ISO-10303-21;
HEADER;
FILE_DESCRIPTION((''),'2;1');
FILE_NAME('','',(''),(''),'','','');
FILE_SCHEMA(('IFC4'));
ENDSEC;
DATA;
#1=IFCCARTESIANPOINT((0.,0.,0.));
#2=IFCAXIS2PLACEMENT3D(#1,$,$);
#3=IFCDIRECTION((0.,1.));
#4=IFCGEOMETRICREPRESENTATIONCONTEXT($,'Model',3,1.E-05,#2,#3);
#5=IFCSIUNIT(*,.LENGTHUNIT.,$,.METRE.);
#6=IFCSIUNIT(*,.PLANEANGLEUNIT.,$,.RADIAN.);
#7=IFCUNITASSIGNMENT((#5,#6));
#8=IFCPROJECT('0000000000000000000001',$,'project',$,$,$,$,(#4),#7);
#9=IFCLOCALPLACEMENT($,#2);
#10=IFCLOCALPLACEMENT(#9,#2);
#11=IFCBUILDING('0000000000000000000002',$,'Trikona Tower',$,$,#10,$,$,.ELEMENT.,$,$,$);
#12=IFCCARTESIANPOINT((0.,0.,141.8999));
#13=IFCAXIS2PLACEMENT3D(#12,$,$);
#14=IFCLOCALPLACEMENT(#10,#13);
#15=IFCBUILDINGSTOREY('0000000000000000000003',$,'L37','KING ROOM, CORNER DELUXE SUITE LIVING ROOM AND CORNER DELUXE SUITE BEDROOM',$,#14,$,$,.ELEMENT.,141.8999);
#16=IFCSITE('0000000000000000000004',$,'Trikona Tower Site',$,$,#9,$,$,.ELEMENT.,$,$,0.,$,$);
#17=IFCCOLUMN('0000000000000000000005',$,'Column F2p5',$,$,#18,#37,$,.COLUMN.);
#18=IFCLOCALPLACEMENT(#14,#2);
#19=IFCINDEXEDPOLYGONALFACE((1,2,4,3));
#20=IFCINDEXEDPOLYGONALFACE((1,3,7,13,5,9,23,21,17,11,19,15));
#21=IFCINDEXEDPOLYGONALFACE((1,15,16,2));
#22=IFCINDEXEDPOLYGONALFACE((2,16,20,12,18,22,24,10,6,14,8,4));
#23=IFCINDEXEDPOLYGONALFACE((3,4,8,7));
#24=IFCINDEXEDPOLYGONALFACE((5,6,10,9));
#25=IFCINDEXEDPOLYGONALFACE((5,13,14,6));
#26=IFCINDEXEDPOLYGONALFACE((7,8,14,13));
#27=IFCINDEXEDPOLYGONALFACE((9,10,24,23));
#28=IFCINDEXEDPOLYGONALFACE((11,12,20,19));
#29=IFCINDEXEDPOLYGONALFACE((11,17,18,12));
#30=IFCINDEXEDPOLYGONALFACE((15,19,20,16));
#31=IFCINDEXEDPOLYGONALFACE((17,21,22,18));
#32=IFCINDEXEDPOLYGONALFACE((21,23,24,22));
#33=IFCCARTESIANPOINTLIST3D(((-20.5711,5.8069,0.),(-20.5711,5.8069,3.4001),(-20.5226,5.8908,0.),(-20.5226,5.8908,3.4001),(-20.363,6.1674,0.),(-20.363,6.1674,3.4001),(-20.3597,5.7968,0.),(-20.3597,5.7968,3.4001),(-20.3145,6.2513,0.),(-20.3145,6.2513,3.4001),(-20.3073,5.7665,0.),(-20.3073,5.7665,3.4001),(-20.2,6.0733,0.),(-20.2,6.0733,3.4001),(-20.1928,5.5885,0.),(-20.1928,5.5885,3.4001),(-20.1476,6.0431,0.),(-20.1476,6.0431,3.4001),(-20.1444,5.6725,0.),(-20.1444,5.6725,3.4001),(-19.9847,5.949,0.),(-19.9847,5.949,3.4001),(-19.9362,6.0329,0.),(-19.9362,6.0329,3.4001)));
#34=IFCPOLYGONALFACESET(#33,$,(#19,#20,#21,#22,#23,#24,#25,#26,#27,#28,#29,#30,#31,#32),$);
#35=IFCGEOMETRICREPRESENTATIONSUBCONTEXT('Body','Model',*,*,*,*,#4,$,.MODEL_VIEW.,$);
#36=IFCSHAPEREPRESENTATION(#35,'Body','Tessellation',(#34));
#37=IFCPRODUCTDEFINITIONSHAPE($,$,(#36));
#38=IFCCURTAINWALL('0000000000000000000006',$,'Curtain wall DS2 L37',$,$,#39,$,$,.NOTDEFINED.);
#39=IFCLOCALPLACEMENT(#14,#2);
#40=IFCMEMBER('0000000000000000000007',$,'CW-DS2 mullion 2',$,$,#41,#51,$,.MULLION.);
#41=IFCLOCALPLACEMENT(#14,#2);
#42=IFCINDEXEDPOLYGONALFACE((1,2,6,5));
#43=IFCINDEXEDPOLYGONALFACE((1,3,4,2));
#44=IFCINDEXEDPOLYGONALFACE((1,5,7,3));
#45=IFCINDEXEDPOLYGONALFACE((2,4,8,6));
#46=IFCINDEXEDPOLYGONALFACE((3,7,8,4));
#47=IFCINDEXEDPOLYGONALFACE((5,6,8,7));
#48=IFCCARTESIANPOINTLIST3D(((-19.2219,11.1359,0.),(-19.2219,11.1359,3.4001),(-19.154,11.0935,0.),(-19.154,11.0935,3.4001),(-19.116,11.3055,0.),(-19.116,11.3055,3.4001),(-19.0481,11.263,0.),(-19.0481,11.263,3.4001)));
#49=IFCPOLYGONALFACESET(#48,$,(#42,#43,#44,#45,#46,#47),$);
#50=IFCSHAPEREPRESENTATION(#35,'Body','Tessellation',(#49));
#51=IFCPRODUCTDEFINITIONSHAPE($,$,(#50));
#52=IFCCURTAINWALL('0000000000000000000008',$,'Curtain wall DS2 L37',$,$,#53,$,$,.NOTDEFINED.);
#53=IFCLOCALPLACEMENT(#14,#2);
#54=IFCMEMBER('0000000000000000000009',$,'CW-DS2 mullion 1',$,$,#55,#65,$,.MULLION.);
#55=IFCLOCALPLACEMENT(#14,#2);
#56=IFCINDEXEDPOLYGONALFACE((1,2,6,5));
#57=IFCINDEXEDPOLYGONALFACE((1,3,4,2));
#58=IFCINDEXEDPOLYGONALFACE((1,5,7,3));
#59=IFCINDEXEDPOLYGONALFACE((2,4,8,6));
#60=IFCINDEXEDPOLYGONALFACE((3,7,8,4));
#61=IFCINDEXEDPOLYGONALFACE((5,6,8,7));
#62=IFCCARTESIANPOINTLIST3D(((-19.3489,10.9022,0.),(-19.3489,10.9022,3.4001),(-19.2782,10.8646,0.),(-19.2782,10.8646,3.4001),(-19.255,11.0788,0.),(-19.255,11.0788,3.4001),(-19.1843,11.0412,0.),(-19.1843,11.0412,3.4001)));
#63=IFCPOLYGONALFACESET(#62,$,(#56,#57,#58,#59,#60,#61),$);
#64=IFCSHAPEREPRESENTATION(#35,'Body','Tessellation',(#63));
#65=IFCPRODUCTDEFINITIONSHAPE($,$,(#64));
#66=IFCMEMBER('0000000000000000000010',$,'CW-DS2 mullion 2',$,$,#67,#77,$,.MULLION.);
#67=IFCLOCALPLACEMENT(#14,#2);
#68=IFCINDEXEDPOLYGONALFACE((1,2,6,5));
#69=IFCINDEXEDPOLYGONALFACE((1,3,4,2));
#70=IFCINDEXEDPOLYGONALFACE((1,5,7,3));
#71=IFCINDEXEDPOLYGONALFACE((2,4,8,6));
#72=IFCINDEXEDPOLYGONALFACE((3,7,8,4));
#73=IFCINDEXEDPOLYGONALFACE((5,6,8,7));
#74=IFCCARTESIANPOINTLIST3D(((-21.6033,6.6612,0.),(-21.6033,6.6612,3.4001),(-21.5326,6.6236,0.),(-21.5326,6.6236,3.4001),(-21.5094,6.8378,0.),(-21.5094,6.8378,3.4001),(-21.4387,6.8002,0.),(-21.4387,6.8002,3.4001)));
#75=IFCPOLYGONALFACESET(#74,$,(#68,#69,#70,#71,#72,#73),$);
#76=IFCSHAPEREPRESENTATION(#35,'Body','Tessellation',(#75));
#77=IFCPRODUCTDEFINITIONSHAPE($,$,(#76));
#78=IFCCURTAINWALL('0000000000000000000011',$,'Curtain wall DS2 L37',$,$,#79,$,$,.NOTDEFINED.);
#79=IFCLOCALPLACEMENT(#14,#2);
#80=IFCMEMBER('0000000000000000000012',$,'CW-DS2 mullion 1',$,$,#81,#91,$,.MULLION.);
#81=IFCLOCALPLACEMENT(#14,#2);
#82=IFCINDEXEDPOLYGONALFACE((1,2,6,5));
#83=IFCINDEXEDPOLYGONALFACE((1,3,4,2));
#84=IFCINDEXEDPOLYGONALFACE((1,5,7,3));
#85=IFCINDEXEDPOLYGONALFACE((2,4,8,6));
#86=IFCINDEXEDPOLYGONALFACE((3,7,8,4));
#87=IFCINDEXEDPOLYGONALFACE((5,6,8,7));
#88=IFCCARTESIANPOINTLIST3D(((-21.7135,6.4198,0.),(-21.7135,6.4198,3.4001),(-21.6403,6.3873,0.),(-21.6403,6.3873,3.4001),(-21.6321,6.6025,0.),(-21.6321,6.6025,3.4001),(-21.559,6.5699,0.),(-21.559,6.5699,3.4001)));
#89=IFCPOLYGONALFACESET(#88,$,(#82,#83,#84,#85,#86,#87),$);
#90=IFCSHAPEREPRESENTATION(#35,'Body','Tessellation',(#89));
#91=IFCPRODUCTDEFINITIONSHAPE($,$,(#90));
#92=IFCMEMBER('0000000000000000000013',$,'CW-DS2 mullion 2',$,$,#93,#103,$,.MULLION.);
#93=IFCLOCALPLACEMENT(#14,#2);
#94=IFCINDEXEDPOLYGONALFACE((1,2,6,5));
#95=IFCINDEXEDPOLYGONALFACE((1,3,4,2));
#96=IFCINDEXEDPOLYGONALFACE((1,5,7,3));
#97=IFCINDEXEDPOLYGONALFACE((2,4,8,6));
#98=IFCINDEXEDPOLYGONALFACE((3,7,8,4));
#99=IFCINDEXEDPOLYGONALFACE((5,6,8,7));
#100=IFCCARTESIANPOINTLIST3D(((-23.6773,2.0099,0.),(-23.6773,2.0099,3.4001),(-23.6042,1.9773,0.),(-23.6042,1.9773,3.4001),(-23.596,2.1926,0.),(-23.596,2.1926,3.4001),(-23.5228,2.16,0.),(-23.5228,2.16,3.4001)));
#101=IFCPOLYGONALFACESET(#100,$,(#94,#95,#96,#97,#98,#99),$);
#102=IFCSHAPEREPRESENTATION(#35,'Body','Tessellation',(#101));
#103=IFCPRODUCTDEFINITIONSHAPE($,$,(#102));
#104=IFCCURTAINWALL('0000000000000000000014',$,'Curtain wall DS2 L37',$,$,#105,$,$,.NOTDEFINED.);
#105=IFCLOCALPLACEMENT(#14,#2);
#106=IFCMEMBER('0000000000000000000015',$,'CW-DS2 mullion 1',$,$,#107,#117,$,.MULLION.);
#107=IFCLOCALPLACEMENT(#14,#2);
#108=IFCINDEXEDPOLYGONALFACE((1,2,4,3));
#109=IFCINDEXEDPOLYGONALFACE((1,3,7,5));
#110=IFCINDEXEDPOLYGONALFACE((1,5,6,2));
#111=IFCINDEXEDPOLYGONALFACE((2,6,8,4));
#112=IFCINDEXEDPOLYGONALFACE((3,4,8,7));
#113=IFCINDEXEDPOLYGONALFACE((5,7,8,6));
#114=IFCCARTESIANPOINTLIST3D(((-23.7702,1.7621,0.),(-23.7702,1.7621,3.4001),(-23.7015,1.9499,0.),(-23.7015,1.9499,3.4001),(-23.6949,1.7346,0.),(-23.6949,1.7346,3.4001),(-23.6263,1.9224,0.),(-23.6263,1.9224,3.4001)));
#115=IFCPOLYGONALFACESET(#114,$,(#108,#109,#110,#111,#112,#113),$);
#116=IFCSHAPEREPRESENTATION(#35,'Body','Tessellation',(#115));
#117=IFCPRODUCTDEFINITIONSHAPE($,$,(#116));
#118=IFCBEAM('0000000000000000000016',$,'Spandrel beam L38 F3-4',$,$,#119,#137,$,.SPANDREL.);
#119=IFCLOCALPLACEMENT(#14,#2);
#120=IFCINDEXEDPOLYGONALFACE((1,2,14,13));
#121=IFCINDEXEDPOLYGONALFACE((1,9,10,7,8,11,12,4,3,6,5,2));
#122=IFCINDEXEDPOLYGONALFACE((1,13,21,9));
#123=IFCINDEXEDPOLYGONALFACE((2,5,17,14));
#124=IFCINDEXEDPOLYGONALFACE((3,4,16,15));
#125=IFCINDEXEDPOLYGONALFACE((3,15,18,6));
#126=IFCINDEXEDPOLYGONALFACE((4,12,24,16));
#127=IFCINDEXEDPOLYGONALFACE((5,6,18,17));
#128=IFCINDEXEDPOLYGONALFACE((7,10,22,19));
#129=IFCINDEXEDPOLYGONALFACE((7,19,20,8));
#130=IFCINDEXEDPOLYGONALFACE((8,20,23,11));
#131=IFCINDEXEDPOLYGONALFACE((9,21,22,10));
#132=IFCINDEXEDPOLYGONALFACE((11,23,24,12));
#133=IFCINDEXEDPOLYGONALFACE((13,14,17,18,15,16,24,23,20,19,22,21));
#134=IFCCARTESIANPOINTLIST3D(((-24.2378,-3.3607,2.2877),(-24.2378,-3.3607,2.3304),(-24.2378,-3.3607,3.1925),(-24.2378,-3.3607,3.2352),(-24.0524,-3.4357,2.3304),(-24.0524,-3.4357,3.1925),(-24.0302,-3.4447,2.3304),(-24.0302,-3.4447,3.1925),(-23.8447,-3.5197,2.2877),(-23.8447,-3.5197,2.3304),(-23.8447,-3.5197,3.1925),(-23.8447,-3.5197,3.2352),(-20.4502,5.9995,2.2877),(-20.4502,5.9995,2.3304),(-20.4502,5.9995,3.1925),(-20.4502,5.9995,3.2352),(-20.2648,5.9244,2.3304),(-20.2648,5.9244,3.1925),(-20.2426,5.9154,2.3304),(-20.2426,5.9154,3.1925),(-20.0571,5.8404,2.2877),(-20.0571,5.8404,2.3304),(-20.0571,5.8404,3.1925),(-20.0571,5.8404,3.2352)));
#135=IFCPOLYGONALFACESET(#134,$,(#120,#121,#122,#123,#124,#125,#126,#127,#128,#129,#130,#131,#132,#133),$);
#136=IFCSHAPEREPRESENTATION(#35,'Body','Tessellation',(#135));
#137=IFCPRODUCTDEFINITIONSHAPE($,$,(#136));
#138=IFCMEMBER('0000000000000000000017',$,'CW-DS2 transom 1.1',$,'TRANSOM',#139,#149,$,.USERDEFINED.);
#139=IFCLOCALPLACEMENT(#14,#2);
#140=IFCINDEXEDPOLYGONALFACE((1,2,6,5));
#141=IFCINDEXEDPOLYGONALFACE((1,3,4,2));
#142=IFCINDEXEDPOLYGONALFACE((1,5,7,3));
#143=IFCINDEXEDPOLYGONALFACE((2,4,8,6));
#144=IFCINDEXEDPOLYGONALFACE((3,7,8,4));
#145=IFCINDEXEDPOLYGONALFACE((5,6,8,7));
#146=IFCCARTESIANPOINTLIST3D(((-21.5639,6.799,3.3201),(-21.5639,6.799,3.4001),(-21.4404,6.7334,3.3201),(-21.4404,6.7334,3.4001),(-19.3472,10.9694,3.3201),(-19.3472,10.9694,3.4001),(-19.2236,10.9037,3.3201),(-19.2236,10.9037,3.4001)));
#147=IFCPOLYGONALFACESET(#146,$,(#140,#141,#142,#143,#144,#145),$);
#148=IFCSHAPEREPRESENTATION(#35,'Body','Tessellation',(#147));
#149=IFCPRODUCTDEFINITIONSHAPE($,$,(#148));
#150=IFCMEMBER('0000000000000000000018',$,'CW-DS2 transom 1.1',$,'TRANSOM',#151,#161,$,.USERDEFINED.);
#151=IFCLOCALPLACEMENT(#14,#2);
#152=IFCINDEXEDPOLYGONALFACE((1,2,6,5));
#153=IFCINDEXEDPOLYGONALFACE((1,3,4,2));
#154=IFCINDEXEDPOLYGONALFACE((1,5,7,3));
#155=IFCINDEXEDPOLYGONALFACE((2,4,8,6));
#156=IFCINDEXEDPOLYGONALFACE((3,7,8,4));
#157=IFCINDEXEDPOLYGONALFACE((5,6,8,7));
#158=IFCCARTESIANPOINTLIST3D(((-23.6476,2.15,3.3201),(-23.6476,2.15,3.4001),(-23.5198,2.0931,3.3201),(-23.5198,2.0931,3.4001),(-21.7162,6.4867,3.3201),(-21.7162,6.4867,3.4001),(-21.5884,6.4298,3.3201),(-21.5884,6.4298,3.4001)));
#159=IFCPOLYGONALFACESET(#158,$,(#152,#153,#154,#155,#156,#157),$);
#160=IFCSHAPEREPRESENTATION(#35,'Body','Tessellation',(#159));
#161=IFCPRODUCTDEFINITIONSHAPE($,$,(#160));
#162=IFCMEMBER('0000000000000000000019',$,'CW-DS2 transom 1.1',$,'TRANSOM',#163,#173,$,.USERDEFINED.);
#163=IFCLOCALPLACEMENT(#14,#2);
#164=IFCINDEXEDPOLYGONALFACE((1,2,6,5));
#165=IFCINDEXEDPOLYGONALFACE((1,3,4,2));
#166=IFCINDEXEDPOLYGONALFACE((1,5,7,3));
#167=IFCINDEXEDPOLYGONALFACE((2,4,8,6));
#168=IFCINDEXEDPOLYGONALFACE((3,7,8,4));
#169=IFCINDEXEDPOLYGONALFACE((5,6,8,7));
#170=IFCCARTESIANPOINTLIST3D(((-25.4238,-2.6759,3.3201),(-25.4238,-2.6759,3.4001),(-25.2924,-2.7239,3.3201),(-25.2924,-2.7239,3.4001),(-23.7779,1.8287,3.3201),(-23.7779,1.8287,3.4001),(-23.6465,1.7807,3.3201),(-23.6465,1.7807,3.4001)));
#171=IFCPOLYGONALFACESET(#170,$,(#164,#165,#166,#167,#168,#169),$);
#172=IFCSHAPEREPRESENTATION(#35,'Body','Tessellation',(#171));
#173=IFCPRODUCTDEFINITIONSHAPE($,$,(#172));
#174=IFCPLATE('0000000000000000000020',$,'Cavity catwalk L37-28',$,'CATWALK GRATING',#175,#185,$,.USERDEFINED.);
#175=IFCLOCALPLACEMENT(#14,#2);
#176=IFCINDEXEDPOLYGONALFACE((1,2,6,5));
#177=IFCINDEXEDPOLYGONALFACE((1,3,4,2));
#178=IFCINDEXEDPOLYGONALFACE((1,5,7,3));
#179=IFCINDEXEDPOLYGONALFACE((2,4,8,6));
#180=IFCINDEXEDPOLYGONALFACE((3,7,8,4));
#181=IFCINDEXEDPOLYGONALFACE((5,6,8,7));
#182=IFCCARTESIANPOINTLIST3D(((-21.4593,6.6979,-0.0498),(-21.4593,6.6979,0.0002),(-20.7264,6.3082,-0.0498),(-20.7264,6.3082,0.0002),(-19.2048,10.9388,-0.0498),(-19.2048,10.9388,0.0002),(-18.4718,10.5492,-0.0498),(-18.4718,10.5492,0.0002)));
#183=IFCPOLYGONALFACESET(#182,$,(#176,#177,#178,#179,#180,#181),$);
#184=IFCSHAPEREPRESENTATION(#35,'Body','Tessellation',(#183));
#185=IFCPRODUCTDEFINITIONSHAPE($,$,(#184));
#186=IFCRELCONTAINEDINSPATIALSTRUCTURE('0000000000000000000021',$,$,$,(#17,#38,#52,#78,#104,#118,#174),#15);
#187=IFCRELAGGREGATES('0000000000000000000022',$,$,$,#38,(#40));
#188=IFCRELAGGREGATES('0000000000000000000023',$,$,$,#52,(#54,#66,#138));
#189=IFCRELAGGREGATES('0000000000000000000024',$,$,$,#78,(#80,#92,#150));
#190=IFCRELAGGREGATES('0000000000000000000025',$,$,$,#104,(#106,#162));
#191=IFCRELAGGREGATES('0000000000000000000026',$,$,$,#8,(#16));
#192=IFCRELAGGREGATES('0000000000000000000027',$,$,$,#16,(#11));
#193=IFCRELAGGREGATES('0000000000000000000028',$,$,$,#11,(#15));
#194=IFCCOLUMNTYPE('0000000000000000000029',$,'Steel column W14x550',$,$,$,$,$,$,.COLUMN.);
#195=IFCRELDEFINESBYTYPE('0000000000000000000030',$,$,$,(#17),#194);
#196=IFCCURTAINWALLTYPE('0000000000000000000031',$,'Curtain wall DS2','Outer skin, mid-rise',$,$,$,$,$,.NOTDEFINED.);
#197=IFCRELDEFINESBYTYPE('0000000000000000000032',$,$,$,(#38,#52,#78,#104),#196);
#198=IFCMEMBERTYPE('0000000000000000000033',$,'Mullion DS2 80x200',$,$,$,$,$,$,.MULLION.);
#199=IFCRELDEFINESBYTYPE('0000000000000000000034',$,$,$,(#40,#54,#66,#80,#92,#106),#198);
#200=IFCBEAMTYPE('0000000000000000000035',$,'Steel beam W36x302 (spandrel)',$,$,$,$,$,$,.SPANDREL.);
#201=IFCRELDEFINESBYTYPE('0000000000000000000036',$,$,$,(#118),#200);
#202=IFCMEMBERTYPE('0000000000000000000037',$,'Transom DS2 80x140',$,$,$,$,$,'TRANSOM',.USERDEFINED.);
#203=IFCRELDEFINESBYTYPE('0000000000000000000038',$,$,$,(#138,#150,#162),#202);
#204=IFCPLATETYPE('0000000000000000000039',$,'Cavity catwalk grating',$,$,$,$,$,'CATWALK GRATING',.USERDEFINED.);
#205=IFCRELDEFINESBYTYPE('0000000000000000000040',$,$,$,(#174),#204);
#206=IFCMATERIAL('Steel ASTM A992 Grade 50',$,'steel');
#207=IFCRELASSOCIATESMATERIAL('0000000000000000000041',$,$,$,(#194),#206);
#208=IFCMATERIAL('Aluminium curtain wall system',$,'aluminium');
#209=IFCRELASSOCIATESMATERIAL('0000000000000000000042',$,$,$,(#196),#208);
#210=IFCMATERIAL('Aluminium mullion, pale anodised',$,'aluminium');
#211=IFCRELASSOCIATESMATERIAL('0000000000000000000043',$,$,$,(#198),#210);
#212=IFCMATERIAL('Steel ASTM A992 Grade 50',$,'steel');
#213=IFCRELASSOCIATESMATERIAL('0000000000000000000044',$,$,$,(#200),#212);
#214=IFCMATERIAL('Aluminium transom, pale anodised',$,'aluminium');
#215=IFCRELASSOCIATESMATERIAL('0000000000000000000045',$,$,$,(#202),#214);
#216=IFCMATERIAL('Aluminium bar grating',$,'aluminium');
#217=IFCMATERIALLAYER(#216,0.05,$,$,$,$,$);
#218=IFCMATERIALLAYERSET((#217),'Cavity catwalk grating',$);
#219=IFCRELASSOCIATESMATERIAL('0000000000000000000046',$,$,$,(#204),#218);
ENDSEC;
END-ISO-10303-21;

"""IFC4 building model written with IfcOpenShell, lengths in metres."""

from ifc_helpers import new_model, si_unit, direction, frame, origin, origin_2d, place, context, subcontext, project, spatial, rectangle, i_section, extrude, material, layer, layer_set, material_profile, profile_set, type_object, element, aggregate, save


model = new_model("IFC4")

# Units and contexts
model_context = context("Model", 3, precision=1e-05, world=origin(), true_north=direction((0.0, 1.0)))
body_context = subcontext(model_context, "Body", "Model", "MODEL_VIEW")
ifc_project = project(units=[si_unit("LENGTHUNIT", "METRE"), si_unit("PLANEANGLEUNIT", "RADIAN")], contexts=[model_context])

# Site, building, storey
site_placement = place(None, origin())
site = spatial("IfcSite", under=ifc_project, at=site_placement, Name="Trikona Tower Site", CompositionType="ELEMENT", RefElevation=0.0)
building_placement = place(site_placement, origin())
building = spatial("IfcBuilding", under=site, at=building_placement, Name="Trikona Tower", CompositionType="ELEMENT")
storey_placement = place(building_placement, frame((0.0, 0.0, 141.8999)))
storey = spatial("IfcBuildingStorey", under=building, at=storey_placement, Name="L37", Description="KING ROOM, CORNER DELUXE SUITE LIVING ROOM AND CORNER DELUXE SUITE BEDROOM", CompositionType="ELEMENT", Elevation=141.8999)

# Column
ifc_material_1 = material(Name="Steel ASTM A992 Grade 50", Category="steel")
ifc_material_profile_1 = material_profile(ifc_material_1, i_section(OverallWidth=0.4368, OverallDepth=0.5132, WebThickness=0.0605, FlangeThickness=0.0969, at=origin_2d()), Name="W14X550")
ifc_profile_set_1 = profile_set([ifc_material_profile_1], Name="Steel ASTM A992 Grade 50")
column_type = type_object("IfcColumnType", Name="Steel column W14x550", PredefinedType="COLUMN", material=ifc_profile_set_1)
column_placement = place(storey_placement, frame((-20.2537, 5.9199, 0.0), z_axis=(0.0, 0.0, 1.0), x_axis=(-0.866025, 0.5, 0.0)))
element("IfcColumn", 1, at=column_placement, inside=storey, type_object=column_type, Name="Column F2p5", PredefinedType="COLUMN", context=body_context, shape_type="SweptSolid", body=[
    extrude(i_section(OverallWidth=0.4368, OverallDepth=0.5132, WebThickness=0.0605, FlangeThickness=0.0969, at=origin_2d()), origin(), (0.0, 0.0, 1.0), 3.4001),
])

# Curtain wall, member
ifc_material_2 = material(Name="Aluminium curtain wall system", Category="aluminium")
curtain_wall_type = type_object("IfcCurtainWallType", Name="Curtain wall DS2", Description="Outer skin, mid-rise", PredefinedType="NOTDEFINED", material=ifc_material_2)
curtain_wall_1_placement = place(storey_placement, origin())
curtain_wall_1 = element("IfcCurtainWall", 2, at=curtain_wall_1_placement, inside=storey, type_object=curtain_wall_type, Name="Curtain wall DS2 L37", PredefinedType="NOTDEFINED")
ifc_material_3 = material(Name="Aluminium mullion, pale anodised", Category="aluminium")
ifc_material_profile_2 = material_profile(ifc_material_3, rectangle(XDim=0.0801, YDim=0.2, at=origin_2d()), Name="MUL-DS2")
ifc_profile_set_2 = profile_set([ifc_material_profile_2], Name="Aluminium mullion, pale anodised")
member_type_1 = type_object("IfcMemberType", Name="Mullion DS2 80x200", PredefinedType="MULLION", material=ifc_profile_set_2)
member_1_placement = place(storey_placement, frame((-19.135, 11.1995, 0.0), z_axis=(0.0, 0.0, 1.0), x_axis=(0.847998, -0.529999, 0.0)))
member_1 = element("IfcMember", 3, at=member_1_placement, type_object=member_type_1, Name="CW-DS2 mullion 2", PredefinedType="MULLION", context=body_context, shape_type="SweptSolid", body=[
    extrude(rectangle(XDim=0.0801, YDim=0.2, at=origin_2d()), origin(), (0.0, 0.0, 1.0), 3.4001),
])
aggregate(curtain_wall_1, [member_1])

# Curtain walls, members
curtain_wall_2_placement = place(storey_placement, origin())
curtain_wall_2 = element("IfcCurtainWall", 4, at=curtain_wall_2_placement, inside=storey, type_object=curtain_wall_type, Name="Curtain wall DS2 L37", PredefinedType="NOTDEFINED")
member_2_placement = place(storey_placement, frame((-19.2666, 10.9717, 0.0), z_axis=(0.0, 0.0, 1.0), x_axis=(0.882996, -0.46938, 0.0)))
member_2 = element("IfcMember", 5, at=member_2_placement, type_object=member_type_1, Name="CW-DS2 mullion 1", PredefinedType="MULLION", context=body_context, shape_type="SweptSolid", body=[
    extrude(rectangle(XDim=0.0801, YDim=0.2, at=origin_2d()), origin(), (0.0, 0.0, 1.0), 3.4001),
])
member_3_placement = place(storey_placement, frame((-21.521, 6.7307, 0.0), z_axis=(0.0, 0.0, 1.0), x_axis=(0.882996, -0.46938, 0.0)))
member_3 = element("IfcMember", 6, at=member_3_placement, type_object=member_type_1, Name="CW-DS2 mullion 2", PredefinedType="MULLION", context=body_context, shape_type="SweptSolid", body=[
    extrude(rectangle(XDim=0.0801, YDim=0.2, at=origin_2d()), origin(), (0.0, 0.0, 1.0), 3.4001),
])
curtain_wall_3_placement = place(storey_placement, origin())
curtain_wall_3 = element("IfcCurtainWall", 7, at=curtain_wall_3_placement, inside=storey, type_object=curtain_wall_type, Name="Curtain wall DS2 L37", PredefinedType="NOTDEFINED")
member_4_placement = place(storey_placement, frame((-21.6362, 6.4949, 0.0), z_axis=(0.0, 0.0, 1.0), x_axis=(0.913501, -0.406836, 0.0)))
member_4 = element("IfcMember", 8, at=member_4_placement, type_object=member_type_1, Name="CW-DS2 mullion 1", PredefinedType="MULLION", context=body_context, shape_type="SweptSolid", body=[
    extrude(rectangle(XDim=0.0801, YDim=0.2, at=origin_2d()), origin(), (0.0, 0.0, 1.0), 3.4001),
])
member_5_placement = place(storey_placement, frame((-23.6001, 2.085, 0.0), z_axis=(0.0, 0.0, 1.0), x_axis=(0.913501, -0.406836, 0.0)))
member_5 = element("IfcMember", 9, at=member_5_placement, type_object=member_type_1, Name="CW-DS2 mullion 2", PredefinedType="MULLION", context=body_context, shape_type="SweptSolid", body=[
    extrude(rectangle(XDim=0.0801, YDim=0.2, at=origin_2d()), origin(), (0.0, 0.0, 1.0), 3.4001),
])

# Curtain wall, member
curtain_wall_4_placement = place(storey_placement, origin())
curtain_wall_4 = element("IfcCurtainWall", 10, at=curtain_wall_4_placement, inside=storey, type_object=curtain_wall_type, Name="Curtain wall DS2 L37", PredefinedType="NOTDEFINED")
member_6_placement = place(storey_placement, frame((-23.6982, 1.8423, 0.0), z_axis=(0.0, 0.0, 1.0), x_axis=(0.939254, -0.343223, 0.0)))
member_6 = element("IfcMember", 11, at=member_6_placement, type_object=member_type_1, Name="CW-DS2 mullion 1", PredefinedType="MULLION", context=body_context, shape_type="SweptSolid", body=[
    extrude(rectangle(XDim=0.0801, YDim=0.2, at=origin_2d()), origin(), (0.0, 0.0, 1.0), 3.4001),
])

# Beam
ifc_material_4 = material(Name="Steel ASTM A992 Grade 50", Category="steel")
ifc_material_profile_3 = material_profile(ifc_material_4, i_section(OverallWidth=0.4241, OverallDepth=0.9475, WebThickness=0.0239, FlangeThickness=0.0427, at=origin_2d()), Name="W36X302")
ifc_profile_set_3 = profile_set([ifc_material_profile_3], Name="Steel ASTM A992 Grade 50")
beam_type = type_object("IfcBeamType", Name="Steel beam W36x302 (spandrel)", PredefinedType="SPANDREL", material=ifc_profile_set_3)
beam_placement = place(storey_placement, frame((-20.2537, 5.9199, 2.7615), z_axis=(-0.375106, -0.926982, 0.0), x_axis=(0.926982, -0.375106, 0.0)))
element("IfcBeam", 12, at=beam_placement, inside=storey, type_object=beam_type, Name="Spandrel beam L38 F3-4", PredefinedType="SPANDREL", context=body_context, shape_type="SweptSolid", body=[
    extrude(i_section(OverallWidth=0.4241, OverallDepth=0.9475, WebThickness=0.0239, FlangeThickness=0.0427, at=origin_2d()), origin(), (0.0, 0.0, 1.0), 10.0974),
])

# Members
ifc_material_5 = material(Name="Aluminium transom, pale anodised", Category="aluminium")
ifc_material_profile_4 = material_profile(ifc_material_5, rectangle(XDim=0.1399, YDim=0.0801, at=origin_2d()), Name="TRN-DS2")
ifc_profile_set_4 = profile_set([ifc_material_profile_4], Name="Aluminium transom, pale anodised")
member_type_2 = type_object("IfcMemberType", Name="Transom DS2 80x140", ElementType="TRANSOM", PredefinedType="USERDEFINED", material=ifc_profile_set_4)
member_7_placement = place(storey_placement, frame((-19.2854, 10.9365, 3.3601), z_axis=(-0.469364, -0.883005, 0.0), x_axis=(0.883005, -0.469364, 0.0)))
member_7 = element("IfcMember", 13, at=member_7_placement, type_object=member_type_2, Name="CW-DS2 transom 1.1", ObjectType="TRANSOM", PredefinedType="USERDEFINED", context=body_context, shape_type="SweptSolid", body=[
    extrude(rectangle(XDim=0.1399, YDim=0.0801, at=origin_2d()), origin(), (0.0, 0.0, 1.0), 4.7229),
])
member_8_placement = place(storey_placement, frame((-21.6523, 6.4583, 3.3601), z_axis=(-0.40684, -0.9135, 0.0), x_axis=(0.9135, -0.40684, 0.0)))
member_8 = element("IfcMember", 14, at=member_8_placement, type_object=member_type_2, Name="CW-DS2 transom 1.1", ObjectType="TRANSOM", PredefinedType="USERDEFINED", context=body_context, shape_type="SweptSolid", body=[
    extrude(rectangle(XDim=0.1399, YDim=0.0801, at=origin_2d()), origin(), (0.0, 0.0, 1.0), 4.7473),
])
member_9_placement = place(storey_placement, frame((-23.7122, 1.8047, 3.3601), z_axis=(-0.343206, -0.93926, 0.0), x_axis=(0.93926, -0.343206, 0.0)))
member_9 = element("IfcMember", 15, at=member_9_placement, type_object=member_type_2, Name="CW-DS2 transom 1.1", ObjectType="TRANSOM", PredefinedType="USERDEFINED", context=body_context, shape_type="SweptSolid", body=[
    extrude(rectangle(XDim=0.1399, YDim=0.0801, at=origin_2d()), origin(), (0.0, 0.0, 1.0), 4.7959),
])

# Plate
ifc_material_6 = material(Name="Aluminium bar grating", Category="aluminium")
ifc_layer_1 = layer(ifc_material_6, 0.05)
ifc_layer_set_1 = layer_set([ifc_layer_1], Name="Cavity catwalk grating")
plate_type_1 = type_object("IfcPlateType", Name="Cavity catwalk grating", ElementType="CATWALK GRATING", PredefinedType="USERDEFINED", material=ifc_layer_set_1)
plate_1_placement = place(storey_placement, frame((-19.9656, 8.6235, -0.0498), z_axis=(0.0, 0.0, 1.0), x_axis=(-0.469398, -0.882987, 0.0)))
element("IfcPlate", 16, at=plate_1_placement, inside=storey, type_object=plate_type_1, Name="Cavity catwalk L37-28", ObjectType="CATWALK GRATING", PredefinedType="USERDEFINED", context=body_context, shape_type="SweptSolid", body=[
    extrude(rectangle(XDim=4.803, YDim=0.8301, at=origin_2d()), origin(), (0.0, 0.0, 1.0), 0.05),
])

aggregate(curtain_wall_2, [member_2, member_3, member_7])
aggregate(curtain_wall_3, [member_4, member_5, member_8])
aggregate(curtain_wall_4, [member_6, member_9])

save(model, "model.ifc")
